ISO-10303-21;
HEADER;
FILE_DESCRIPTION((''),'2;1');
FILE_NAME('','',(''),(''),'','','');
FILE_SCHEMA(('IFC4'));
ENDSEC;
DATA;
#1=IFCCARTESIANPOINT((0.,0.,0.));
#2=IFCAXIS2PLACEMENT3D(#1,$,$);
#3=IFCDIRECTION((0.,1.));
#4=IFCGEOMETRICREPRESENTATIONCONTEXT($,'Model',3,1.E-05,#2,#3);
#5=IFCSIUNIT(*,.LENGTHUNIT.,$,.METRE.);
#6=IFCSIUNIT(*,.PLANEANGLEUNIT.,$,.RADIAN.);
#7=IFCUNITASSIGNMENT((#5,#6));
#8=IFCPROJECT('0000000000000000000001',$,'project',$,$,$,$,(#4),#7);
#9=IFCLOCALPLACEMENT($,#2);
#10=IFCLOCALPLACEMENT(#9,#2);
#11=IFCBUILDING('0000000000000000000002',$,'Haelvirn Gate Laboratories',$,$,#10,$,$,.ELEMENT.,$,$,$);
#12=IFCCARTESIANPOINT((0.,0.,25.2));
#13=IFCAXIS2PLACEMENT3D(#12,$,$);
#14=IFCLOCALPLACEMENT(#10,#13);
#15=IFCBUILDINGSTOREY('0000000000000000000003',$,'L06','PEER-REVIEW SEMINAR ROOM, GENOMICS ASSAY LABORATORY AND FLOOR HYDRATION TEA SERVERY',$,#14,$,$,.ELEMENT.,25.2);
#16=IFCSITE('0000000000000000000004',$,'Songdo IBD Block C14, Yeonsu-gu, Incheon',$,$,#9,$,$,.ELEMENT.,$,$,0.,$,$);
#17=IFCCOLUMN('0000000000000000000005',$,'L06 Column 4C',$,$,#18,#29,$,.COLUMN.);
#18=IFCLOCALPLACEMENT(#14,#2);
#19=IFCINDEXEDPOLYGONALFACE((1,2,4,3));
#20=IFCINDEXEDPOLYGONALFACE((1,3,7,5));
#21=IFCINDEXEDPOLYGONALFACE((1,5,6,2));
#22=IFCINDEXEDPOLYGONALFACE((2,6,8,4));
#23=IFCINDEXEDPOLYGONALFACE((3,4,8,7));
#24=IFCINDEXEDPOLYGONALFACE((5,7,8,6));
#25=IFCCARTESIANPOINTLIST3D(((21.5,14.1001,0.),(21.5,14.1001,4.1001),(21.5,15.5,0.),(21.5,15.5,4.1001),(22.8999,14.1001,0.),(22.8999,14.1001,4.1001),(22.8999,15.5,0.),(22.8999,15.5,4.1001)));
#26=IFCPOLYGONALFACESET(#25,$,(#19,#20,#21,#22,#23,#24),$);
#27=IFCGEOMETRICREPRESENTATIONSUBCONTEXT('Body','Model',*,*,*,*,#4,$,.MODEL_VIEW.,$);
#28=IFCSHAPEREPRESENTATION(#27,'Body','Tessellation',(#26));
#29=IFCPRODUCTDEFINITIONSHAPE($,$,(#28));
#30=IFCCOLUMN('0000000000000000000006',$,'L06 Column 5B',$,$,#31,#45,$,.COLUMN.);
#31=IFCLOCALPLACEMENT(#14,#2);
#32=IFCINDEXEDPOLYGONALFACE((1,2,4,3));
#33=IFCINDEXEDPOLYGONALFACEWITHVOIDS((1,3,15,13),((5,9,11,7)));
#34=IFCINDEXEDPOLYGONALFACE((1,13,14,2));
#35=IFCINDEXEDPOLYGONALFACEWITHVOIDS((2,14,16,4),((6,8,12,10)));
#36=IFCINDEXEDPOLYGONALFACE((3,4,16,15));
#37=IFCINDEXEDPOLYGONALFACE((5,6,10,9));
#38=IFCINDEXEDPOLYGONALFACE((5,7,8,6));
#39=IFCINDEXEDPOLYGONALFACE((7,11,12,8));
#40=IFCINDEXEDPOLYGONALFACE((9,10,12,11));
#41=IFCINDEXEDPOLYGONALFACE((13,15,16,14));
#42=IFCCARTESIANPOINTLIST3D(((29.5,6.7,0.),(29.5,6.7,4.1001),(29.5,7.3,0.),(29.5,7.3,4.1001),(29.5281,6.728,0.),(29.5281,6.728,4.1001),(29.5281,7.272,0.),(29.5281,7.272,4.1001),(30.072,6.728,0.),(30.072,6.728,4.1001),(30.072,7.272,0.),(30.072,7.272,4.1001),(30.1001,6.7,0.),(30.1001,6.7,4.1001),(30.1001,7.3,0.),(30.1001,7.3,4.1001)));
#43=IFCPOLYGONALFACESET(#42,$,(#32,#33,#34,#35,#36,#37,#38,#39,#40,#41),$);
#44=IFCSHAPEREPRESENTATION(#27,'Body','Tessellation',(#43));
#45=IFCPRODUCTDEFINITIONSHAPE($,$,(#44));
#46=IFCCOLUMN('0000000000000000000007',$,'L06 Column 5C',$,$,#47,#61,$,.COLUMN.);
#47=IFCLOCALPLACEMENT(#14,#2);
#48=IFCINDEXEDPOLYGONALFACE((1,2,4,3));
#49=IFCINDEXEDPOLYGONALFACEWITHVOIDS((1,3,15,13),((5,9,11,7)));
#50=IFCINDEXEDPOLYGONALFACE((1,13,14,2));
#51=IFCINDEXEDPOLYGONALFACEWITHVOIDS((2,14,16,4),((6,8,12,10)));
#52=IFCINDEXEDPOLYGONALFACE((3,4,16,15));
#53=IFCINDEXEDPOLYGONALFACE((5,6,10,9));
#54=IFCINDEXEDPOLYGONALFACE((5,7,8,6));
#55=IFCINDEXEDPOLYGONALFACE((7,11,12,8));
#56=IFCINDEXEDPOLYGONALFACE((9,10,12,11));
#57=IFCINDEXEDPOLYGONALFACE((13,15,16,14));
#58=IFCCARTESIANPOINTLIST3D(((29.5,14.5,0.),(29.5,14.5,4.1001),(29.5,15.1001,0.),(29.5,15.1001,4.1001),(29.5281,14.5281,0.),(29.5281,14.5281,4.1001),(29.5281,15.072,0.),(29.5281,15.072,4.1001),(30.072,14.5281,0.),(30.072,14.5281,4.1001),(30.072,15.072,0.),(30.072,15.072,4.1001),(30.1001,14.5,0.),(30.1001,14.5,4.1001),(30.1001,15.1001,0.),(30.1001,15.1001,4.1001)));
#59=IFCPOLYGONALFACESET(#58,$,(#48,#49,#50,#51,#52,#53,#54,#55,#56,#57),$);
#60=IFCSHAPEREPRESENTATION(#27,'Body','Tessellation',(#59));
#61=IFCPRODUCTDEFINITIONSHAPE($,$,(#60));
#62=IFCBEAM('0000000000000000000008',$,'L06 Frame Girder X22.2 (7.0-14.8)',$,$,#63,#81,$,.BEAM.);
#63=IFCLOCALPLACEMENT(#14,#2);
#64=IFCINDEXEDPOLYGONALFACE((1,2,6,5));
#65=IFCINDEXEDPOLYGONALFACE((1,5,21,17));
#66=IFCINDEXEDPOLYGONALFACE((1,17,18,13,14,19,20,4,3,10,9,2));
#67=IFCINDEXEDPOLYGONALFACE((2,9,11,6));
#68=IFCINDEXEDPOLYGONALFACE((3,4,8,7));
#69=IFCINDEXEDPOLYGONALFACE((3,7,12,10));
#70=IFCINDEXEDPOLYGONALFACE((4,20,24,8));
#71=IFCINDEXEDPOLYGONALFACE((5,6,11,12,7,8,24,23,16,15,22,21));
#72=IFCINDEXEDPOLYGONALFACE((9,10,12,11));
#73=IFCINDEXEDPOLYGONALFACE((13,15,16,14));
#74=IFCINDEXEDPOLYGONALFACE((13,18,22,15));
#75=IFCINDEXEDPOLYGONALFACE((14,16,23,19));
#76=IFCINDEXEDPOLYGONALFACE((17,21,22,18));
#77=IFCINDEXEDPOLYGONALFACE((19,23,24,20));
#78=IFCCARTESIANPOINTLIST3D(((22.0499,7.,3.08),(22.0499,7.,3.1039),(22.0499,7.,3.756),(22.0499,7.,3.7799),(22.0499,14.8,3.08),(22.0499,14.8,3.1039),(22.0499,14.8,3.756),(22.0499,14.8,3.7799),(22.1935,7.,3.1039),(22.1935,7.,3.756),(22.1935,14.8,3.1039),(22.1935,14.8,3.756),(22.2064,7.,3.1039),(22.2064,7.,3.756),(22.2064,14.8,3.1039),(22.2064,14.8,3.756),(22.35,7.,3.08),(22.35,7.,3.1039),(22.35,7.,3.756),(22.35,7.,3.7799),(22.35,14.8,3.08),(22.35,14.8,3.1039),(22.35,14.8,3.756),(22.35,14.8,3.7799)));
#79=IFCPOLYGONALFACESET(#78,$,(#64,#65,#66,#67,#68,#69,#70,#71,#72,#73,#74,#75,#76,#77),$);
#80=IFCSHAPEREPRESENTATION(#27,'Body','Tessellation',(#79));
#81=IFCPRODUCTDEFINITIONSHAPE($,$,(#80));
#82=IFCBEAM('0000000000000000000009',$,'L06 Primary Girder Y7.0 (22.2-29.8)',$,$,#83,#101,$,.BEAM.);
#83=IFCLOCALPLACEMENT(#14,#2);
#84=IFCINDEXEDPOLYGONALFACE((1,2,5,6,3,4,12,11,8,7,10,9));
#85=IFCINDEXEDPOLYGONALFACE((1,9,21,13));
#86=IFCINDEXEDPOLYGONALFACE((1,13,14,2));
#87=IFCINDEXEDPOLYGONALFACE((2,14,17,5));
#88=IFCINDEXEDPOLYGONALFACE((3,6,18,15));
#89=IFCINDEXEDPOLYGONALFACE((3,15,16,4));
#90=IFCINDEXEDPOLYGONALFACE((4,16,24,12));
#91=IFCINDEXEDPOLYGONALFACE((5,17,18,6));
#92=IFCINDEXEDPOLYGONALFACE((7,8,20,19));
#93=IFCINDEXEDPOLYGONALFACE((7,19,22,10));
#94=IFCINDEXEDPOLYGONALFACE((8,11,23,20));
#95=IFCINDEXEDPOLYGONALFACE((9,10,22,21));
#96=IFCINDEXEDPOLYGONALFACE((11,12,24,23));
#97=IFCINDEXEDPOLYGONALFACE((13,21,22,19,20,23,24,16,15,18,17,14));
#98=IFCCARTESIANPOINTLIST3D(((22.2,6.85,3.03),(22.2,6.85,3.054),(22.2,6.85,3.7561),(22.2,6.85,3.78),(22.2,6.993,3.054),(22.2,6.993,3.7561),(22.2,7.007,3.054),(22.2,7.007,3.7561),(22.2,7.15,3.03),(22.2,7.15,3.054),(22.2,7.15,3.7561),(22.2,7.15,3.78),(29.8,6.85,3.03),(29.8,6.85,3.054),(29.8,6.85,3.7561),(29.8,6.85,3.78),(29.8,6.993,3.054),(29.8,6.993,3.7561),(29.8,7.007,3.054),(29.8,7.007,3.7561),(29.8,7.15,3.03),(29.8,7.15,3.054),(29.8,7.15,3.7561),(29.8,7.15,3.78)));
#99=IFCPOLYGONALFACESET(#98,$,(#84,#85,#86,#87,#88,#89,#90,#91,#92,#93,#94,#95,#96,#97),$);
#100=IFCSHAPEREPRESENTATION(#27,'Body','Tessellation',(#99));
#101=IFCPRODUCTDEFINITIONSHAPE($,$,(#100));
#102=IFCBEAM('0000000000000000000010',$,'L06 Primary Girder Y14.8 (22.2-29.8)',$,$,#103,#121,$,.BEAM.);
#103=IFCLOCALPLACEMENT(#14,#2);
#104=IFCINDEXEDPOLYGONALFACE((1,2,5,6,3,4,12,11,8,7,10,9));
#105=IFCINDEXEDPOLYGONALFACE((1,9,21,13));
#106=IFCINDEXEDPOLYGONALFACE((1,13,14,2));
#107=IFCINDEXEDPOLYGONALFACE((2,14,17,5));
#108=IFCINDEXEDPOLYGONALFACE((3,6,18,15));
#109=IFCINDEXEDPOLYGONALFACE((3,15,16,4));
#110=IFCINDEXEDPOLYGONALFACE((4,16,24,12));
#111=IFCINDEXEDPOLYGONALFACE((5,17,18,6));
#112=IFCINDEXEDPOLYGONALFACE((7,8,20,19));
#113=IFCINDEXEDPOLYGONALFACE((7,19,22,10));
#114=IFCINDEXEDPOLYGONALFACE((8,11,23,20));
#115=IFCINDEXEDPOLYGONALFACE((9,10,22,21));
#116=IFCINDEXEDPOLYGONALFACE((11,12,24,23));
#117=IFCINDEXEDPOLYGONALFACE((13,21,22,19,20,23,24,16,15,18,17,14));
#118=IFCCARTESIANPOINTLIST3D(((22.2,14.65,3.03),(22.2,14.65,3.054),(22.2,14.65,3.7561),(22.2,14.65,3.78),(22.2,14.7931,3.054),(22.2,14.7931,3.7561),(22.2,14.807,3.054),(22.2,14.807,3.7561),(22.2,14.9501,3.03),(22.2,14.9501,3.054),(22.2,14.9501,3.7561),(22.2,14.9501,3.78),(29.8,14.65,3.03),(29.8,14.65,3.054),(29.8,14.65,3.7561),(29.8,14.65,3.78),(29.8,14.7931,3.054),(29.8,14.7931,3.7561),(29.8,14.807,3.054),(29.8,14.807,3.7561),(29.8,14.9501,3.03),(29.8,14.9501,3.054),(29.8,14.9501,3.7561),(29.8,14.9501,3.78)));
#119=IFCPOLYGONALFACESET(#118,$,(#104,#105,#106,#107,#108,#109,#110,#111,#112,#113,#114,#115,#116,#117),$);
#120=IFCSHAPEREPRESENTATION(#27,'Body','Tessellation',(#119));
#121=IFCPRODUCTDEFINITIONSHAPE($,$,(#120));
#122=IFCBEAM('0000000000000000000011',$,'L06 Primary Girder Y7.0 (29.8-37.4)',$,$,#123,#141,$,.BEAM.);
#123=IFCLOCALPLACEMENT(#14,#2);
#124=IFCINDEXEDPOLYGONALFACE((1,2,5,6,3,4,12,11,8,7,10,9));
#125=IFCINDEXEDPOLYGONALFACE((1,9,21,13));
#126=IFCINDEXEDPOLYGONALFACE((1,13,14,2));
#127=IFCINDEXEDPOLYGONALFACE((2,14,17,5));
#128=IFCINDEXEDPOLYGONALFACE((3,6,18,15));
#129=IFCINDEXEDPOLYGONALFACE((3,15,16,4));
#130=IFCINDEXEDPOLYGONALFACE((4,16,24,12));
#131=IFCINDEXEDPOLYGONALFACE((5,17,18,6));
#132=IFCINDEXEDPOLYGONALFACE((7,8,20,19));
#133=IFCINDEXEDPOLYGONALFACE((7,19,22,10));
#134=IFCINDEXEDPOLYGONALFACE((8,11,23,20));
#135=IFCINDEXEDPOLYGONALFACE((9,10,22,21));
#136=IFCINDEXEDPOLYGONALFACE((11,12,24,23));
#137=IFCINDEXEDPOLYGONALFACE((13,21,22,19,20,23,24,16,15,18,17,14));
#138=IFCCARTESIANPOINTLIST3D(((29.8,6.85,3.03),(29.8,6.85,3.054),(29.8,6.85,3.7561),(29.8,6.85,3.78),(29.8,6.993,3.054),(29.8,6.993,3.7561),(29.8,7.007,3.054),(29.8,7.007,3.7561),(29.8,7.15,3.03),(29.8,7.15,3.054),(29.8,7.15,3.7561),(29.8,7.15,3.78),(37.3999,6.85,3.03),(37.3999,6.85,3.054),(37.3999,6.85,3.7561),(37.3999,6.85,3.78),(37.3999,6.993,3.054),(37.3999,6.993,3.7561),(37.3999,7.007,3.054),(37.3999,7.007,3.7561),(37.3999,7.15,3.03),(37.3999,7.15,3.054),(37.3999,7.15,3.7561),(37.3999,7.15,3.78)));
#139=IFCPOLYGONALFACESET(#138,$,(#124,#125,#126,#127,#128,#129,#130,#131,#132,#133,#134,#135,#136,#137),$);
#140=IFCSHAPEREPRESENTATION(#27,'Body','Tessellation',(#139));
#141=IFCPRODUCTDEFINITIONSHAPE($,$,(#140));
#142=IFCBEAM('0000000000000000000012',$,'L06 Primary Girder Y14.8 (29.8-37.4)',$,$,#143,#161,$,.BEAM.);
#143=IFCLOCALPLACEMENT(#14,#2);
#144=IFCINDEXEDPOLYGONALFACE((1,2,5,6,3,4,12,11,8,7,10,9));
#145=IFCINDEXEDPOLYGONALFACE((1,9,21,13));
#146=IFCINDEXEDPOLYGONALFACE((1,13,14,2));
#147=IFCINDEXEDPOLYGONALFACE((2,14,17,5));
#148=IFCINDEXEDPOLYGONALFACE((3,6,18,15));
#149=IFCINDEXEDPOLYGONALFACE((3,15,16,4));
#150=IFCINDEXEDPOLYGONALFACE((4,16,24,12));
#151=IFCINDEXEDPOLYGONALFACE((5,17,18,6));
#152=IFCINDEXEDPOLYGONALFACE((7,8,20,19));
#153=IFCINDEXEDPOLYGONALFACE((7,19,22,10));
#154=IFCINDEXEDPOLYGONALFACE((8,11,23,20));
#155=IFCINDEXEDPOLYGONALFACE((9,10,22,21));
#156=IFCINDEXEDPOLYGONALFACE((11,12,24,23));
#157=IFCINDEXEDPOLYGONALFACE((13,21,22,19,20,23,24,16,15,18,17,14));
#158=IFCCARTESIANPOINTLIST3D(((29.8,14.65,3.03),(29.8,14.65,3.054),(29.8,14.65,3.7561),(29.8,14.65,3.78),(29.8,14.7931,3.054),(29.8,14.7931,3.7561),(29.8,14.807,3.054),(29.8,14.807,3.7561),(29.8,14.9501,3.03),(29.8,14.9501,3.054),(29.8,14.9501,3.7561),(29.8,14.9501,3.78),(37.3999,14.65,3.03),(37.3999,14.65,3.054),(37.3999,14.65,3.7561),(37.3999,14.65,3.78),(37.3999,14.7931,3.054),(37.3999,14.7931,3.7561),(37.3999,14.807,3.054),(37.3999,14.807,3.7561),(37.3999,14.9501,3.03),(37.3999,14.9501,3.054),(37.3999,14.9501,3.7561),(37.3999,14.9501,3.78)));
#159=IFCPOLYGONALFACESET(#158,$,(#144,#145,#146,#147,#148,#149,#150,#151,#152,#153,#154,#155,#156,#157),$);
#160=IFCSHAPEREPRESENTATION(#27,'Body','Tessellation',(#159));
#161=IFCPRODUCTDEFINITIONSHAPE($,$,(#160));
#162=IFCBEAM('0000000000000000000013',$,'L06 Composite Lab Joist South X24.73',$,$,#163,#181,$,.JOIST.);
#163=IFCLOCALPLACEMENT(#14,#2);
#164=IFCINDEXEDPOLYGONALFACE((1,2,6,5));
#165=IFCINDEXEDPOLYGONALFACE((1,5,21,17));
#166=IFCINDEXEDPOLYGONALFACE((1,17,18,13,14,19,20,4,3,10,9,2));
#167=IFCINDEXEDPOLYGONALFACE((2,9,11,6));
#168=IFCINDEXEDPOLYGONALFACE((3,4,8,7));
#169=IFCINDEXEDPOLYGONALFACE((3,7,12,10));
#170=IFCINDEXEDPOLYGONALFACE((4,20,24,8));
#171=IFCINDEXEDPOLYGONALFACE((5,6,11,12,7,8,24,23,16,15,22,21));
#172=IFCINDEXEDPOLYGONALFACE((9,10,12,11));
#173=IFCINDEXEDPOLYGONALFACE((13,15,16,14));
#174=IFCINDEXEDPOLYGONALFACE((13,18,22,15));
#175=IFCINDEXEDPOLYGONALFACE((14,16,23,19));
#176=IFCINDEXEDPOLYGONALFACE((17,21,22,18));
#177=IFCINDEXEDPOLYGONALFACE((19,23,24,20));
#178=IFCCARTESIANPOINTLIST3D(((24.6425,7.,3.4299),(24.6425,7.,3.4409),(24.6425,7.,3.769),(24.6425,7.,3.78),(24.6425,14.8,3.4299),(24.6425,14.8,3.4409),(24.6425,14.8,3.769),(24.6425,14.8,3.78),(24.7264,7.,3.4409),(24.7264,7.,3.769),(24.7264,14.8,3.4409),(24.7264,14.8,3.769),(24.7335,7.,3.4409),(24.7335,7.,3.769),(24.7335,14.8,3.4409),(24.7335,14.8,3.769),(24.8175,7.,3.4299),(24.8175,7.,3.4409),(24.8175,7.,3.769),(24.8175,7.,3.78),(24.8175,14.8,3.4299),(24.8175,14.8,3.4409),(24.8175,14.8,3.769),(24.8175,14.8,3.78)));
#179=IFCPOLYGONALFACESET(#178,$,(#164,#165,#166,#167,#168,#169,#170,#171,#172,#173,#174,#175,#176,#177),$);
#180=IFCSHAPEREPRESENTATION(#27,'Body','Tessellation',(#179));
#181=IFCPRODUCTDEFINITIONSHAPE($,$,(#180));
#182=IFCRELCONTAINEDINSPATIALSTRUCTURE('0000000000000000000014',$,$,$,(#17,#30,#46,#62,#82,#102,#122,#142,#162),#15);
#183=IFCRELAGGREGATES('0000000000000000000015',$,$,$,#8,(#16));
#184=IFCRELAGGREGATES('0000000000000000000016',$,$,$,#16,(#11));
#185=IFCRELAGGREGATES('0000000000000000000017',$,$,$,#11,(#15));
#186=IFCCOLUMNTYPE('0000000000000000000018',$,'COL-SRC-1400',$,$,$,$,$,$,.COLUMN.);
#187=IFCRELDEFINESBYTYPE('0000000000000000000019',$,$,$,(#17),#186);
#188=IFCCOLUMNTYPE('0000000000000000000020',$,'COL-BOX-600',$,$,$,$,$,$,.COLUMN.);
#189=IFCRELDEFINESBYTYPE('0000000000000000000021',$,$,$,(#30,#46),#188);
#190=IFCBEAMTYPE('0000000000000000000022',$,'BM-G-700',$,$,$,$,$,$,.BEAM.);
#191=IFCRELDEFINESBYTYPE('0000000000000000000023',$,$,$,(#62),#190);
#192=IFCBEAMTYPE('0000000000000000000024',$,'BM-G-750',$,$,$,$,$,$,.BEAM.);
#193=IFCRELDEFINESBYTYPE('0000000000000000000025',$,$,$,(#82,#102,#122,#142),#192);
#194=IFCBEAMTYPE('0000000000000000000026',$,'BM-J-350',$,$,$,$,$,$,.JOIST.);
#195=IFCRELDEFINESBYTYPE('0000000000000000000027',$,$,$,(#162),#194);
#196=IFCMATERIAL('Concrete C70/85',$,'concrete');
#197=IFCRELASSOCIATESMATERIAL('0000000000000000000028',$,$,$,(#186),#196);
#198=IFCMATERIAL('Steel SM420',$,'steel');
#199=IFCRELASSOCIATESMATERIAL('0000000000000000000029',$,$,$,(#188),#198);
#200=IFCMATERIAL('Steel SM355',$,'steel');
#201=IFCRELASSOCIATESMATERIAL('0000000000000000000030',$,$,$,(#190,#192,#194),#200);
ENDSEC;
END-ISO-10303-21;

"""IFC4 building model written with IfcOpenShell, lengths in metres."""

from ifc_helpers import new_model, si_unit, direction, frame, origin, origin_2d, place, context, subcontext, project, spatial, rectangle, hollow_rectangle, i_section, extrude, source, transform, mapped, material, material_profile, profile_set, type_object, type_shapes, element, save


model = new_model("IFC4")

# Units and contexts
model_context = context("Model", 3, precision=1e-05, world=origin(), true_north=direction((0.0, 1.0)))
body_context = subcontext(model_context, "Body", "Model", "MODEL_VIEW")
ifc_project = project(units=[si_unit("LENGTHUNIT", "METRE"), si_unit("PLANEANGLEUNIT", "RADIAN")], contexts=[model_context])

# Site, building, storey
site_placement = place(None, origin())
site = spatial("IfcSite", under=ifc_project, at=site_placement, Name="Songdo IBD Block C14, Yeonsu-gu, Incheon", CompositionType="ELEMENT", RefElevation=0.0)
building_placement = place(site_placement, origin())
building = spatial("IfcBuilding", under=site, at=building_placement, Name="Haelvirn Gate Laboratories", CompositionType="ELEMENT")
storey_placement = place(building_placement, frame((0.0, 0.0, 25.2)))
storey = spatial("IfcBuildingStorey", under=building, at=storey_placement, Name="L06", Description="PEER-REVIEW SEMINAR ROOM, GENOMICS ASSAY LABORATORY AND FLOOR HYDRATION TEA SERVERY", CompositionType="ELEMENT", Elevation=25.2)

# Columns
ifc_material_1 = material(Name="Concrete C70/85", Category="concrete")
ifc_material_profile_1 = material_profile(ifc_material_1, rectangle(XDim=1.3999, YDim=1.3999, at=origin_2d()), Name="SRC-1400x1400")
ifc_profile_set_1 = profile_set([ifc_material_profile_1], Name="Concrete C70/85")
column_type_1 = type_object("IfcColumnType", Name="COL-SRC-1400", PredefinedType="COLUMN", material=ifc_profile_set_1)
shared_shape_1 = source(origin(), body_context, "Body", "SweptSolid", [
    extrude(rectangle(XDim=1.3999, YDim=1.3999, at=origin_2d()), origin(), (0.0, 0.0, 1.0), 4.1001),
])
type_shapes(column_type_1, [shared_shape_1])
column_placement = place(storey_placement, frame((22.2, 14.8, 0.0), z_axis=(0.0, 0.0, 1.0), x_axis=(1.0, 0.0, 0.0)))
element("IfcColumn", 1, at=column_placement, inside=storey, type_object=column_type_1, Name="L06 Column 4C", PredefinedType="COLUMN", context=body_context, shape_type="MappedRepresentation", body=[
    mapped(shared_shape_1, transform((0.0, 0.0, 0.0), scale=1.0)),
])
ifc_material_2 = material(Name="Steel SM420", Category="steel")
ifc_material_profile_2 = material_profile(ifc_material_2, hollow_rectangle(XDim=0.6001, YDim=0.6001, WallThickness=0.0281, at=origin_2d()), Name="BOX-600x600x28")
ifc_profile_set_2 = profile_set([ifc_material_profile_2], Name="Steel SM420")
column_type_2 = type_object("IfcColumnType", Name="COL-BOX-600", PredefinedType="COLUMN", material=ifc_profile_set_2)
shared_shape_2 = source(origin(), body_context, "Body", "SweptSolid", [
    extrude(hollow_rectangle(XDim=0.6001, YDim=0.6001, WallThickness=0.0281, at=origin_2d()), origin(), (0.0, 0.0, 1.0), 4.1001),
])
type_shapes(column_type_2, [shared_shape_2])
for number, where, z_axis, x_axis, name in (
    (2, (29.8, 7.0, 0.0), (0.0, 0.0, 1.0), (1.0, 0.0, 0.0), "L06 Column 5B"),
    (3, (29.8, 14.8, 0.0), (0.0, 0.0, 1.0), (1.0, 0.0, 0.0), "L06 Column 5C"),
):
    element("IfcColumn", number, at=place(storey_placement, frame(where, z_axis=z_axis, x_axis=x_axis)), inside=storey, type_object=column_type_2, Name=name, PredefinedType="COLUMN", context=body_context, shape_type="MappedRepresentation", body=[
        mapped(shared_shape_2, transform((0.0, 0.0, 0.0), scale=1.0)),
    ])

# Beams
ifc_material_3 = material(Name="Steel SM355", Category="steel")
ifc_material_profile_3 = material_profile(ifc_material_3, i_section(OverallWidth=0.3, OverallDepth=0.7, WebThickness=0.0129, FlangeThickness=0.0239, at=origin_2d()), Name="H-700x300x13x24")
ifc_profile_set_3 = profile_set([ifc_material_profile_3], Name="Steel SM355")
beam_type_1 = type_object("IfcBeamType", Name="BM-G-700", PredefinedType="BEAM", material=ifc_profile_set_3)
shared_shape_3 = source(origin(), body_context, "Body", "SweptSolid", [
    extrude(i_section(OverallWidth=0.3, OverallDepth=0.7, WebThickness=0.0129, FlangeThickness=0.0239, at=origin_2d()), origin(), (0.0, 0.0, 1.0), 7.8),
])
type_shapes(beam_type_1, [shared_shape_3])
beam_placement = place(storey_placement, frame((22.2, 7.0, 3.4299), z_axis=(0.0, 1.0, 0.0), x_axis=(-1.0, 0.0, 0.0)))
element("IfcBeam", 4, at=beam_placement, inside=storey, type_object=beam_type_1, Name="L06 Frame Girder X22.2 (7.0-14.8)", PredefinedType="BEAM", context=body_context, shape_type="MappedRepresentation", body=[
    mapped(shared_shape_3, transform((0.0, 0.0, 0.0), scale=1.0)),
])
ifc_material_profile_4 = material_profile(ifc_material_3, i_section(OverallWidth=0.3, OverallDepth=0.75, WebThickness=0.0139, FlangeThickness=0.0239, at=origin_2d()), Name="H-750x300x14x24")
ifc_profile_set_4 = profile_set([ifc_material_profile_4], Name="Steel SM355")
beam_type_2 = type_object("IfcBeamType", Name="BM-G-750", PredefinedType="BEAM", material=ifc_profile_set_4)
shared_shape_4 = source(origin(), body_context, "Body", "SweptSolid", [
    extrude(i_section(OverallWidth=0.3, OverallDepth=0.75, WebThickness=0.0139, FlangeThickness=0.0239, at=origin_2d()), origin(), (0.0, 0.0, 1.0), 7.6001),
])
for number, where, z_axis, x_axis, name in (
    (5, (22.2, 7.0, 3.405), (1.0, 0.0, 0.0), (0.0, 1.0, 0.0), "L06 Primary Girder Y7.0 (22.2-29.8)"),
    (6, (22.2, 14.8, 3.405), (1.0, 0.0, 0.0), (0.0, 1.0, 0.0), "L06 Primary Girder Y14.8 (22.2-29.8)"),
):
    element("IfcBeam", number, at=place(storey_placement, frame(where, z_axis=z_axis, x_axis=x_axis)), inside=storey, type_object=beam_type_2, Name=name, PredefinedType="BEAM", context=body_context, shape_type="MappedRepresentation", body=[
        mapped(shared_shape_4, transform((0.0, 0.0, 0.0), scale=1.0)),
    ])
shared_shape_5 = source(origin(), body_context, "Body", "SweptSolid", [
    extrude(i_section(OverallWidth=0.3, OverallDepth=0.75, WebThickness=0.0139, FlangeThickness=0.0239, at=origin_2d()), origin(), (0.0, 0.0, 1.0), 7.5999),
])
type_shapes(beam_type_2, [shared_shape_4, shared_shape_5])
for number, where, z_axis, x_axis, name in (
    (7, (29.8, 7.0, 3.405), (1.0, 0.0, 0.0), (0.0, 1.0, 0.0), "L06 Primary Girder Y7.0 (29.8-37.4)"),
    (8, (29.8, 14.8, 3.405), (1.0, 0.0, 0.0), (0.0, 1.0, 0.0), "L06 Primary Girder Y14.8 (29.8-37.4)"),
):
    element("IfcBeam", number, at=place(storey_placement, frame(where, z_axis=z_axis, x_axis=x_axis)), inside=storey, type_object=beam_type_2, Name=name, PredefinedType="BEAM", context=body_context, shape_type="MappedRepresentation", body=[
        mapped(shared_shape_5, transform((0.0, 0.0, 0.0), scale=1.0)),
    ])
ifc_material_profile_5 = material_profile(ifc_material_3, i_section(OverallWidth=0.175, OverallDepth=0.3501, WebThickness=0.0071, FlangeThickness=0.011, at=origin_2d()), Name="H-350x175x7x11")
ifc_profile_set_5 = profile_set([ifc_material_profile_5], Name="Steel SM355")
beam_type_3 = type_object("IfcBeamType", Name="BM-J-350", PredefinedType="JOIST", material=ifc_profile_set_5)
shared_shape_6 = source(origin(), body_context, "Body", "SweptSolid", [
    extrude(i_section(OverallWidth=0.175, OverallDepth=0.3501, WebThickness=0.0071, FlangeThickness=0.011, at=origin_2d()), origin(), (0.0, 0.0, 1.0), 7.8),
])
type_shapes(beam_type_3, [shared_shape_6])
for number, where, z_axis, x_axis, name in (
    (9, (24.73, 7.0, 3.605), (0.0, 1.0, 0.0), (-1.0, 0.0, 0.0), "L06 Composite Lab Joist South X24.73"),
):
    element("IfcBeam", number, at=place(storey_placement, frame(where, z_axis=z_axis, x_axis=x_axis)), inside=storey, type_object=beam_type_3, Name=name, PredefinedType="JOIST", context=body_context, shape_type="MappedRepresentation", body=[
        mapped(shared_shape_6, transform((0.0, 0.0, 0.0), scale=1.0)),
    ])

save(model, "model.ifc")
